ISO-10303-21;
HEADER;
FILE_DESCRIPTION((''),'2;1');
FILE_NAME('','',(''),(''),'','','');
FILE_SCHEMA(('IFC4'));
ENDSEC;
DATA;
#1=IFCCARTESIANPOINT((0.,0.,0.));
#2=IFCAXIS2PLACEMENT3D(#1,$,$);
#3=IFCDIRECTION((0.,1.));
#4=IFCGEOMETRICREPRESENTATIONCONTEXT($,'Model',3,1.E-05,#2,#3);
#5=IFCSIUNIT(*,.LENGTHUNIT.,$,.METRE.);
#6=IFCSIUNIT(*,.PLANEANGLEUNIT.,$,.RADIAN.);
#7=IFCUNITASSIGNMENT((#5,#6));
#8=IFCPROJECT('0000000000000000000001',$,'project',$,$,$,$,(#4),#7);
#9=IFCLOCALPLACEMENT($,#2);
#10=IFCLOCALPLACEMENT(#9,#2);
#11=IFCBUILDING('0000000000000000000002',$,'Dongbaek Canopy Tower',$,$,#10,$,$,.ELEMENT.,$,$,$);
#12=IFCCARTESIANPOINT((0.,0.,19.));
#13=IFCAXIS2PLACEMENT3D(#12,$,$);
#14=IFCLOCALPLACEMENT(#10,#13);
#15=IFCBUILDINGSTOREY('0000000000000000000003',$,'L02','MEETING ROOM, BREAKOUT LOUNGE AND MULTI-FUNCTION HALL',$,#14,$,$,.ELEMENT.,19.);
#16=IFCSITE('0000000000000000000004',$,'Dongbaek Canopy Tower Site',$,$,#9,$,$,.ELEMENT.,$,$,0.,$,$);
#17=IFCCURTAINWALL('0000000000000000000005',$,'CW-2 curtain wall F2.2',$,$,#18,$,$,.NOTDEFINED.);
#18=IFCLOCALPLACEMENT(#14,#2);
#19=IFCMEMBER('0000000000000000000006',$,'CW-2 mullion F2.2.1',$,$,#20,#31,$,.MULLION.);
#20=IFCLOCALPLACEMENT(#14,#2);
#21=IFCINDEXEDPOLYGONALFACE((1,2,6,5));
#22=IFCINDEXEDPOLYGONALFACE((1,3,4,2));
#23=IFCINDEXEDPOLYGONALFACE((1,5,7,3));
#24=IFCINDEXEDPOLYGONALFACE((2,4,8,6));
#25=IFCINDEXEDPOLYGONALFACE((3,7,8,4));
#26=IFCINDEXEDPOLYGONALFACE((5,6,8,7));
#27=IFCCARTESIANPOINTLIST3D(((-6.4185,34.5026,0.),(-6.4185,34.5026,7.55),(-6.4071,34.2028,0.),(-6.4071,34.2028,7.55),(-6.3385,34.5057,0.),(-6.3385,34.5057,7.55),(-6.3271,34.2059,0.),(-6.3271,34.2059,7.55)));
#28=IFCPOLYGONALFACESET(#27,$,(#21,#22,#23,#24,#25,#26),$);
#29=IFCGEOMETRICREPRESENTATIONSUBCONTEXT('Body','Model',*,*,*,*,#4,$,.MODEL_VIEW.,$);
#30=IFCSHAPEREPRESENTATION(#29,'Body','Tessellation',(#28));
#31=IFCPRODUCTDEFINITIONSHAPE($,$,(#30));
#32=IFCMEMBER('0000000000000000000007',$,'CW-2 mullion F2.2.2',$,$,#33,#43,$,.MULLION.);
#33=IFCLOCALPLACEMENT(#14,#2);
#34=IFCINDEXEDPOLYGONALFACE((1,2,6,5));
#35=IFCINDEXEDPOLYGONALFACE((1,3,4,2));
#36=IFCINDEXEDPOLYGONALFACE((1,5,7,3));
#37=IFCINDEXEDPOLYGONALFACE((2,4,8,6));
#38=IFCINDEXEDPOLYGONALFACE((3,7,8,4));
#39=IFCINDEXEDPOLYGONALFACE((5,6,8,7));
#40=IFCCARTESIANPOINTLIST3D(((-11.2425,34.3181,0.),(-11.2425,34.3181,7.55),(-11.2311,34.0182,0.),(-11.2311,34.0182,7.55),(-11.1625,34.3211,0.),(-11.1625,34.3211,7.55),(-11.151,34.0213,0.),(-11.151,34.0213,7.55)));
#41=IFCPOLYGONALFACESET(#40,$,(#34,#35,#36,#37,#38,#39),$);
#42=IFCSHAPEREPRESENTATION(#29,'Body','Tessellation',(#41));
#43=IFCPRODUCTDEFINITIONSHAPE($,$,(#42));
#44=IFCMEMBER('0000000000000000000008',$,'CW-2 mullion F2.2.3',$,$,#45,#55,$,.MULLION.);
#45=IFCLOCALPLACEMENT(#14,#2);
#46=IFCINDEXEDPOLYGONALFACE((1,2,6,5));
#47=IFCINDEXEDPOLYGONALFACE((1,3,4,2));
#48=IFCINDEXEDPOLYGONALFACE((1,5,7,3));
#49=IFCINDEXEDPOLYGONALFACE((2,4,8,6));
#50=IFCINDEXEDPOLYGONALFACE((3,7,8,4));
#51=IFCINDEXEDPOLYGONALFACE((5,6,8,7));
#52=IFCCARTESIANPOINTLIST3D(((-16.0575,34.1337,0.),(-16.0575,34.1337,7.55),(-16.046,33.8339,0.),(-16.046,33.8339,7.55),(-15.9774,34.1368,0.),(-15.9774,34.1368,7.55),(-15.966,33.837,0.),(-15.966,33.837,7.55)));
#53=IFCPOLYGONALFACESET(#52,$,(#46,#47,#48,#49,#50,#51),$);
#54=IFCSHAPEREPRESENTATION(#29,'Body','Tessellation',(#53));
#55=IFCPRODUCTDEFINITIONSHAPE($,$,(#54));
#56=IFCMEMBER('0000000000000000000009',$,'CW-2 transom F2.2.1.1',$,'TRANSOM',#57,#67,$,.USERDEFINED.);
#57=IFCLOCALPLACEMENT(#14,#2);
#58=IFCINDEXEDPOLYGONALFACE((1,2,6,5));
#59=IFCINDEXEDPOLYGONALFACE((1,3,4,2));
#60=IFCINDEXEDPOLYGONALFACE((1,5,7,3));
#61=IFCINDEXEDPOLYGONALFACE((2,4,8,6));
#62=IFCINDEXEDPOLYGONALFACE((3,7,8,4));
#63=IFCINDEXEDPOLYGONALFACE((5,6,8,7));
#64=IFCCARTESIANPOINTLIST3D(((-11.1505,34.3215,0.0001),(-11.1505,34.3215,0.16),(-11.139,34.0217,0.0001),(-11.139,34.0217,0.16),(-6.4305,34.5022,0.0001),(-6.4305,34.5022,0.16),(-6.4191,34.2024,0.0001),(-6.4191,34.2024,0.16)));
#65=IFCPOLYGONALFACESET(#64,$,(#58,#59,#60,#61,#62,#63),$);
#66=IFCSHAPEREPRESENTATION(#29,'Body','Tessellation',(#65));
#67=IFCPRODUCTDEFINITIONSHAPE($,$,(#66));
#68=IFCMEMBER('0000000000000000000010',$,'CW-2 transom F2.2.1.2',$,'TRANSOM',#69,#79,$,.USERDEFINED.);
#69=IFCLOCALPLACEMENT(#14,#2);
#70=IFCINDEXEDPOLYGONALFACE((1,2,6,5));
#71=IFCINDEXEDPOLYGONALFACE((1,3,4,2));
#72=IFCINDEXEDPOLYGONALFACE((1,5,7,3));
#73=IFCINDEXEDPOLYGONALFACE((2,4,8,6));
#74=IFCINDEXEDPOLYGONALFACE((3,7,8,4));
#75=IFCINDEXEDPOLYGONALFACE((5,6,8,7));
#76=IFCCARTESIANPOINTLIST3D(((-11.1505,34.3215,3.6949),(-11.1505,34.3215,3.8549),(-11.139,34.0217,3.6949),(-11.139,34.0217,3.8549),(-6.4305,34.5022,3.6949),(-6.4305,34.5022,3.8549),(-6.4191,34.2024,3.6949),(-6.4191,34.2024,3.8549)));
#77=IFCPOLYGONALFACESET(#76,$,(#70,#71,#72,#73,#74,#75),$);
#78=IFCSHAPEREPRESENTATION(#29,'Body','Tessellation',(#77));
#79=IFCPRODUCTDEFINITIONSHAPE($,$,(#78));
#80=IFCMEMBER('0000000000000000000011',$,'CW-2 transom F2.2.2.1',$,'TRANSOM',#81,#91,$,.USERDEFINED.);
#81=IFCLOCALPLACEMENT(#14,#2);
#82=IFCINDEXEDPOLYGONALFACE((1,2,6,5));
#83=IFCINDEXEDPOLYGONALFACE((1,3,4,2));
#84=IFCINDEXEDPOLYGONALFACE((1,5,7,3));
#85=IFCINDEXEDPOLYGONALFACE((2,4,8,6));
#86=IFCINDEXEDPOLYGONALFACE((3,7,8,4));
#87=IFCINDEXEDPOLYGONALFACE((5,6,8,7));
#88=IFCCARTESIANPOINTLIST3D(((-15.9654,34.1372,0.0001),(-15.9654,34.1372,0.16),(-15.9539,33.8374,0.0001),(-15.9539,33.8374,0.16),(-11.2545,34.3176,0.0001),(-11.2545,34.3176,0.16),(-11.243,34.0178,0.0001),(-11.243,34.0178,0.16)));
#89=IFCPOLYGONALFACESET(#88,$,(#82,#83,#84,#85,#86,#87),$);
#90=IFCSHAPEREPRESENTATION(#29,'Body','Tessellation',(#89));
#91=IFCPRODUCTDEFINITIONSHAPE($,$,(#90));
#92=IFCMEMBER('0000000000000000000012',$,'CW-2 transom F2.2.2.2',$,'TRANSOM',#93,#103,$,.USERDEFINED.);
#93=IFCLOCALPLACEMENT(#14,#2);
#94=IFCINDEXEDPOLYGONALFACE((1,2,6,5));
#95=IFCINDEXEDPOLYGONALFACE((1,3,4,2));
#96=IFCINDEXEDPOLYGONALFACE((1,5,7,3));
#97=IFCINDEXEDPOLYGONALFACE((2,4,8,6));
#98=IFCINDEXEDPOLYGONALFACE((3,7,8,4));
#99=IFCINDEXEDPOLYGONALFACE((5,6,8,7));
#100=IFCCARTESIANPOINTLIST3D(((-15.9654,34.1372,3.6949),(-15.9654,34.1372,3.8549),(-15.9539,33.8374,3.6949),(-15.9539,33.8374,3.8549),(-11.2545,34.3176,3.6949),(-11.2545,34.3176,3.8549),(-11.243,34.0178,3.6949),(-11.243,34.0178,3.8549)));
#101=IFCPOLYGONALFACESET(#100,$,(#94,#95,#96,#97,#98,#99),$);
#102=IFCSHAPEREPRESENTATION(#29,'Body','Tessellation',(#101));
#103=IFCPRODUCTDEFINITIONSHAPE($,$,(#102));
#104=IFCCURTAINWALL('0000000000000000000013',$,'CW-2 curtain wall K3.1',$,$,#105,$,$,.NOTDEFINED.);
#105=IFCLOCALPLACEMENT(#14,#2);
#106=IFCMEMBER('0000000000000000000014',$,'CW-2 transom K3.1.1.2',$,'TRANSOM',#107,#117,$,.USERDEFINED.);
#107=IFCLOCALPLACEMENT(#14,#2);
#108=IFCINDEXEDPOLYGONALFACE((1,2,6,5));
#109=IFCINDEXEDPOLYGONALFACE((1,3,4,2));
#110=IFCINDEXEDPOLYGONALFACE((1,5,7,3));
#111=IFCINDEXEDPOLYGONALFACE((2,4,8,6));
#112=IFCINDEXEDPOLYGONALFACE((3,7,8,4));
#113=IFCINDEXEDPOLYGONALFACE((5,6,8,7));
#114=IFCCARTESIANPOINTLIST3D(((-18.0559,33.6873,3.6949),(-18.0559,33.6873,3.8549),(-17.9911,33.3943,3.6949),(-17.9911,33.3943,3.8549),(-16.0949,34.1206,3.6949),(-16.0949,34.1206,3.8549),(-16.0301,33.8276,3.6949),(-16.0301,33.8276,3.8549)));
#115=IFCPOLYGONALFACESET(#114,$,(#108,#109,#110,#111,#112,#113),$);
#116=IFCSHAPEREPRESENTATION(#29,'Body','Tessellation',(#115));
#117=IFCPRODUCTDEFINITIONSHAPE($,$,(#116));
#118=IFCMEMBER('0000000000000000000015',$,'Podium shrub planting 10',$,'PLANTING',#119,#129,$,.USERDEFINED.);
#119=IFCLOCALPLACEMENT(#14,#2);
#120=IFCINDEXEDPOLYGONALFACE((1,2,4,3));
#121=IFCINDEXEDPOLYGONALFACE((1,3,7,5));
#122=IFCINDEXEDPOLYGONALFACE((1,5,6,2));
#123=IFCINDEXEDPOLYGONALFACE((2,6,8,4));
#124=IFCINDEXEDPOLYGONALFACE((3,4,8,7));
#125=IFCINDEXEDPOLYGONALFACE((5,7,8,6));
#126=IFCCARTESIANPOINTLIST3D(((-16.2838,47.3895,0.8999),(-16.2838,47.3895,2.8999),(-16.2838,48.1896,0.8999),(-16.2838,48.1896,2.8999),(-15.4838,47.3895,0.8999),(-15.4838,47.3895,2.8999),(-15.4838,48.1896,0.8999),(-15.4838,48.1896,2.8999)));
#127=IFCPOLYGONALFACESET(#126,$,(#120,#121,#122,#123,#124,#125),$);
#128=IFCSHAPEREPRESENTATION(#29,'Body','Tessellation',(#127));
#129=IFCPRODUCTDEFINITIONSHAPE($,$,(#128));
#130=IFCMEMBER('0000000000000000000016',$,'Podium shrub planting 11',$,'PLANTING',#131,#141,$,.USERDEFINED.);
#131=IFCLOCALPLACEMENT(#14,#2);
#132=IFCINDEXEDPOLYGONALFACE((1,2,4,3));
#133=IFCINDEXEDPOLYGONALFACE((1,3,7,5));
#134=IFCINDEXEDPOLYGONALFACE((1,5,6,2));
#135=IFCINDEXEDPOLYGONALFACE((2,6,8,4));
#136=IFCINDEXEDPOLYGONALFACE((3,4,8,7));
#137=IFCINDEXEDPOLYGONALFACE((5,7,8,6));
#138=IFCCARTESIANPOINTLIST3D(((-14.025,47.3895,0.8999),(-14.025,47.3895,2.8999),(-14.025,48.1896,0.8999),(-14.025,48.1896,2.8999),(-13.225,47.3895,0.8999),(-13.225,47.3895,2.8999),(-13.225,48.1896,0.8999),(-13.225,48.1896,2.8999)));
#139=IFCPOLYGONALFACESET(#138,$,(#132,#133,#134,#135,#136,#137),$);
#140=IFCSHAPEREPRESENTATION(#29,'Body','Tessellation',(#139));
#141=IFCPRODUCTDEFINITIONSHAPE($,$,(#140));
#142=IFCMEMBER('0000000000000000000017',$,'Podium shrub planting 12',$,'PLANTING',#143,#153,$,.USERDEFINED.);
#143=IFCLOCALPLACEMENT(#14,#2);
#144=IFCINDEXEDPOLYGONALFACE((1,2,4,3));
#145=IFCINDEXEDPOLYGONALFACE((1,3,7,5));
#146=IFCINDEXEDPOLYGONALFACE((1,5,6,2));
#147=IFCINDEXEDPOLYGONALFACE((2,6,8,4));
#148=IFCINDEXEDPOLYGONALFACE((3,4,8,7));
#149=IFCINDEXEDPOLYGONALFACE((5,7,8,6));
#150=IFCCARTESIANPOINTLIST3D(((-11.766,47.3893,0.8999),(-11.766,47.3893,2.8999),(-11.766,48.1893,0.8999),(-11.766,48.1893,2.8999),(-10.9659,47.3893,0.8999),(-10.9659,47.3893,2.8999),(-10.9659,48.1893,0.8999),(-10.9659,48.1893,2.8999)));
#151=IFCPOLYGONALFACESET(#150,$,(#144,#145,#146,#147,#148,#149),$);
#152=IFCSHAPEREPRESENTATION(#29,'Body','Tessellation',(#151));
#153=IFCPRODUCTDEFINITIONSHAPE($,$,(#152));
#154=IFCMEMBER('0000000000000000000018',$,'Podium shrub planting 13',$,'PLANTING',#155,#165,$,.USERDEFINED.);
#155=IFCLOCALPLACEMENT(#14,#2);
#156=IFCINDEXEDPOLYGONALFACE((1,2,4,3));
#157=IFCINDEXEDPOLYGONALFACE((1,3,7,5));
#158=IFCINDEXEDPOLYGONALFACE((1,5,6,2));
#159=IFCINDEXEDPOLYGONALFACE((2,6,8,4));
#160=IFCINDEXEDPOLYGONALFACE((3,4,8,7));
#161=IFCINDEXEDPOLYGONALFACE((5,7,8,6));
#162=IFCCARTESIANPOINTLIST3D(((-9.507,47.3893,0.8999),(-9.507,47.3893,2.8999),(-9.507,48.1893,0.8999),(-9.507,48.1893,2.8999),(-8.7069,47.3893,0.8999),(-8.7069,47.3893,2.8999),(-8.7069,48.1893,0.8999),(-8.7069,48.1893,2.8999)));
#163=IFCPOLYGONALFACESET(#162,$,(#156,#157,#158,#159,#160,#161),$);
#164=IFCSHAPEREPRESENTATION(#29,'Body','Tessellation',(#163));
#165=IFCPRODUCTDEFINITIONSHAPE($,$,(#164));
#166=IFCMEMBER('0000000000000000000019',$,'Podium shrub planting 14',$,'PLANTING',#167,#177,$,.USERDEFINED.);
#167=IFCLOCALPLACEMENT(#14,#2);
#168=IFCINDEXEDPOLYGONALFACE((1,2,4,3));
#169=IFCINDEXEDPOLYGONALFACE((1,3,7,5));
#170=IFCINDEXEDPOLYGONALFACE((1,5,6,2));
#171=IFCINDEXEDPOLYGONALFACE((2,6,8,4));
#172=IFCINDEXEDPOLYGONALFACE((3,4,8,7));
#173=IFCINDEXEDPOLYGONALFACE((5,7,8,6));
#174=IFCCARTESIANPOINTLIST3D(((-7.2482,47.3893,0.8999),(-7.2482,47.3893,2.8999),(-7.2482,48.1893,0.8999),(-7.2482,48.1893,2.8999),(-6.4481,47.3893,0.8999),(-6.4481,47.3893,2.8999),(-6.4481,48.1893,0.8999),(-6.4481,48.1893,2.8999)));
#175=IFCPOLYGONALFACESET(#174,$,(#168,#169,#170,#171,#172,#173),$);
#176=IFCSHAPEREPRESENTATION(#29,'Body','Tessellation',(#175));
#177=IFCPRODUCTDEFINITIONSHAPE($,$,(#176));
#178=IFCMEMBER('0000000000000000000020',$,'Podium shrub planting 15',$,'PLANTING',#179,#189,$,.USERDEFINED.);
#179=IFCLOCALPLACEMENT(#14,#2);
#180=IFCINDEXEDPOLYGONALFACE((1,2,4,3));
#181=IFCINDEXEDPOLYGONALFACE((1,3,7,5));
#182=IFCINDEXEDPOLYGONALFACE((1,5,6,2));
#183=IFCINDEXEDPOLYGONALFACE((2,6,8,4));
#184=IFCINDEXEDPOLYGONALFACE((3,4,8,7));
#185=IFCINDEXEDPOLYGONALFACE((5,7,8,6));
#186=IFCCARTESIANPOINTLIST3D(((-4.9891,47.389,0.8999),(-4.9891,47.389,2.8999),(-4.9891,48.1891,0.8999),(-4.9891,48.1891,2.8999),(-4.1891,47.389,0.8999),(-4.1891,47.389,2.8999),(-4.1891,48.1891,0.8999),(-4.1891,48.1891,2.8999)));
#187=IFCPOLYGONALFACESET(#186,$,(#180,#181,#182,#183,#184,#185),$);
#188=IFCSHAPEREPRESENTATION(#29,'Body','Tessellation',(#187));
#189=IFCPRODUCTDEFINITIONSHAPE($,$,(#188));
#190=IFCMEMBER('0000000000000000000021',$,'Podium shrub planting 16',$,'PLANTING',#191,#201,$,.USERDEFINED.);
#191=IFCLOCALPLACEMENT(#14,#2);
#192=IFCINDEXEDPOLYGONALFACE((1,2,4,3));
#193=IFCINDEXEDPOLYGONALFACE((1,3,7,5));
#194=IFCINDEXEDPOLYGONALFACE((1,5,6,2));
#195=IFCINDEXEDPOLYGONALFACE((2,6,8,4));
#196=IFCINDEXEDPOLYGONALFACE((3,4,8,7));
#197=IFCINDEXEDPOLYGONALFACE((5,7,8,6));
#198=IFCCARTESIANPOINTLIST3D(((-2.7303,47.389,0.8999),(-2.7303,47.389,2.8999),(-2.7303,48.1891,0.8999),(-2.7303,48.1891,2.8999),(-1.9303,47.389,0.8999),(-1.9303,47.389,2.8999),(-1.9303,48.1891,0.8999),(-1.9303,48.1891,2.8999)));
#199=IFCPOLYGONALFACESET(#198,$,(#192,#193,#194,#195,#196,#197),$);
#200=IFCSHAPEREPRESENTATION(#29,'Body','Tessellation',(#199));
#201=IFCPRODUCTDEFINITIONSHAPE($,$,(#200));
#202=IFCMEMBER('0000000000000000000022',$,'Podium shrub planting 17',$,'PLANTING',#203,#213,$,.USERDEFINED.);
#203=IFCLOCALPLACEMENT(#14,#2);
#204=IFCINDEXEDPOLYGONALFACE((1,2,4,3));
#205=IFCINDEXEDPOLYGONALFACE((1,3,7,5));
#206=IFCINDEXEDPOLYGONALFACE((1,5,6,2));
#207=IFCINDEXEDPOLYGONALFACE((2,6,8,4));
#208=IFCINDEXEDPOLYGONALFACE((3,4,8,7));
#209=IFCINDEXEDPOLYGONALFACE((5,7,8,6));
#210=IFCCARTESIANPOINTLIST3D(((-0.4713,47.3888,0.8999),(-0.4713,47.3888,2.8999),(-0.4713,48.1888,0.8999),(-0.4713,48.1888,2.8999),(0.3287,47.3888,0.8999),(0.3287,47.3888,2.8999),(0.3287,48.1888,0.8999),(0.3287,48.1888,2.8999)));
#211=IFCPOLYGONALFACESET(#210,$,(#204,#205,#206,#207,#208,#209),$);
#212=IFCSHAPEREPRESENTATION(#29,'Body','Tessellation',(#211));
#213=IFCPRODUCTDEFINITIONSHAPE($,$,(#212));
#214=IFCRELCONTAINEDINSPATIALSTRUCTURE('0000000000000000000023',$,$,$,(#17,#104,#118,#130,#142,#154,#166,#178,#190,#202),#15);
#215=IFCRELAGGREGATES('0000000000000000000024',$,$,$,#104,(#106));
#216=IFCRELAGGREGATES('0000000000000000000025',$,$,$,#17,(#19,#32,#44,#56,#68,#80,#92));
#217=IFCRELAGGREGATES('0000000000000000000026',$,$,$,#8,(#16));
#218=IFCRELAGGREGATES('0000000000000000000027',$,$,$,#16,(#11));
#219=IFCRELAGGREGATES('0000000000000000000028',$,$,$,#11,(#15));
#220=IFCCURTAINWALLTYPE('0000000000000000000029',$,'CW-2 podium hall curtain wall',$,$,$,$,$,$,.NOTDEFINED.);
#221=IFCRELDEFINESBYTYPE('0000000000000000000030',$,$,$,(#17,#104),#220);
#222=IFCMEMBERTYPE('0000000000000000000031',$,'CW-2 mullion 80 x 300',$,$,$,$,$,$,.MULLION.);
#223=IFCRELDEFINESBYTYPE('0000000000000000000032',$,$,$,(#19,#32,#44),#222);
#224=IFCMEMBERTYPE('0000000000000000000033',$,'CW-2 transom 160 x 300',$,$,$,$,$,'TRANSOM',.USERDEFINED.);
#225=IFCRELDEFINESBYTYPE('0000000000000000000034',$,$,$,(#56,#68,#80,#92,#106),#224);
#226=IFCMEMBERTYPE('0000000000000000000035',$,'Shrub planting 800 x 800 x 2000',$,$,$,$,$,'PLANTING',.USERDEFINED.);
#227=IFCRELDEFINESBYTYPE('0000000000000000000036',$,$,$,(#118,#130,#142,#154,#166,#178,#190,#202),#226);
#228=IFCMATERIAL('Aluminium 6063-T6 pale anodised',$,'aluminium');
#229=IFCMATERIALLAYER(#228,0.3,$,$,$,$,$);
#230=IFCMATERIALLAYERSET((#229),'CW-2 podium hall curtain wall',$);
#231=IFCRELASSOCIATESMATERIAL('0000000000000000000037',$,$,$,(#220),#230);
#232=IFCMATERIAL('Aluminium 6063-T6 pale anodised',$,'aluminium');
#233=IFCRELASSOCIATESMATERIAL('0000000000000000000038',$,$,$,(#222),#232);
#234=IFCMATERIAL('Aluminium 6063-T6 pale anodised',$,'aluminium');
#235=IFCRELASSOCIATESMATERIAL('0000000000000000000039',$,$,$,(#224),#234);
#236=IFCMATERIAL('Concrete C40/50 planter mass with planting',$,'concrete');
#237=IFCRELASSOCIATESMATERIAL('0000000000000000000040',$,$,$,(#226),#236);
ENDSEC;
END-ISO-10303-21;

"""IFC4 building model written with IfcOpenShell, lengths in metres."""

from ifc_helpers import new_model, si_unit, direction, frame, origin, origin_2d, place, context, subcontext, project, spatial, rectangle, extrude, material, layer, layer_set, material_profile, profile_set, type_object, element, aggregate, save


model = new_model("IFC4")

# Units and contexts
model_context = context("Model", 3, precision=1e-05, world=origin(), true_north=direction((0.0, 1.0)))
body_context = subcontext(model_context, "Body", "Model", "MODEL_VIEW")
ifc_project = project(units=[si_unit("LENGTHUNIT", "METRE"), si_unit("PLANEANGLEUNIT", "RADIAN")], contexts=[model_context])

# Site, building, storey
site_placement = place(None, origin())
site = spatial("IfcSite", under=ifc_project, at=site_placement, Name="Dongbaek Canopy Tower Site", CompositionType="ELEMENT", RefElevation=0.0)
building_placement = place(site_placement, origin())
building = spatial("IfcBuilding", under=site, at=building_placement, Name="Dongbaek Canopy Tower", CompositionType="ELEMENT")
storey_placement = place(building_placement, frame((0.0, 0.0, 19.0)))
storey = spatial("IfcBuildingStorey", under=building, at=storey_placement, Name="L02", Description="MEETING ROOM, BREAKOUT LOUNGE AND MULTI-FUNCTION HALL", CompositionType="ELEMENT", Elevation=19.0)

# Curtain wall, members
ifc_material_1 = material(Name="Aluminium 6063-T6 pale anodised", Category="aluminium")
ifc_layer_1 = layer(ifc_material_1, 0.3)
ifc_layer_set_1 = layer_set([ifc_layer_1], Name="CW-2 podium hall curtain wall")
curtain_wall_type = type_object("IfcCurtainWallType", Name="CW-2 podium hall curtain wall", PredefinedType="NOTDEFINED", material=ifc_layer_set_1)
curtain_wall_1_placement = place(storey_placement, origin())
curtain_wall_1 = element("IfcCurtainWall", 1, at=curtain_wall_1_placement, inside=storey, type_object=curtain_wall_type, Name="CW-2 curtain wall F2.2", PredefinedType="NOTDEFINED")
ifc_material_2 = material(Name="Aluminium 6063-T6 pale anodised", Category="aluminium")
ifc_material_profile_1 = material_profile(ifc_material_2, rectangle(XDim=0.3, YDim=0.0801, at=origin_2d()), Name="CW-2 mullion 80 x 300")
ifc_profile_set_1 = profile_set([ifc_material_profile_1], Name="Aluminium 6063-T6 pale anodised")
member_type_1 = type_object("IfcMemberType", Name="CW-2 mullion 80 x 300", PredefinedType="MULLION", material=ifc_profile_set_1)
member_1_placement = place(storey_placement, frame((-6.3728, 34.3542, 0.0), z_axis=(0.0, 0.0, 1.0), x_axis=(-0.038232, 0.999269, 0.0)))
member_1 = element("IfcMember", 2, at=member_1_placement, type_object=member_type_1, Name="CW-2 mullion F2.2.1", PredefinedType="MULLION", context=body_context, shape_type="SweptSolid", body=[
    extrude(rectangle(XDim=0.3, YDim=0.0801, at=origin_2d()), origin(), (0.0, 0.0, 1.0), 7.55),
])
member_2_placement = place(storey_placement, frame((-11.1968, 34.1697, 0.0), z_axis=(0.0, 0.0, 1.0), x_axis=(-0.038232, 0.999269, 0.0)))
member_2 = element("IfcMember", 3, at=member_2_placement, type_object=member_type_1, Name="CW-2 mullion F2.2.2", PredefinedType="MULLION", context=body_context, shape_type="SweptSolid", body=[
    extrude(rectangle(XDim=0.3, YDim=0.0801, at=origin_2d()), origin(), (0.0, 0.0, 1.0), 7.55),
])
member_3_placement = place(storey_placement, frame((-16.0117, 33.9854, 0.0), z_axis=(0.0, 0.0, 1.0), x_axis=(-0.038232, 0.999269, 0.0)))
member_3 = element("IfcMember", 4, at=member_3_placement, type_object=member_type_1, Name="CW-2 mullion F2.2.3", PredefinedType="MULLION", context=body_context, shape_type="SweptSolid", body=[
    extrude(rectangle(XDim=0.3, YDim=0.0801, at=origin_2d()), origin(), (0.0, 0.0, 1.0), 7.55),
])
ifc_material_3 = material(Name="Aluminium 6063-T6 pale anodised", Category="aluminium")
ifc_material_profile_2 = material_profile(ifc_material_3, rectangle(XDim=0.3, YDim=0.1599, at=origin_2d()), Name="CW-2 transom 160 x 300")
ifc_profile_set_2 = profile_set([ifc_material_profile_2], Name="Aluminium 6063-T6 pale anodised")
member_type_2 = type_object("IfcMemberType", Name="CW-2 transom 160 x 300", ElementType="TRANSOM", PredefinedType="USERDEFINED", material=ifc_profile_set_2)
member_4_placement = place(storey_placement, frame((-6.4248, 34.3523, 0.0801), z_axis=(-0.999268, -0.038249, 0.0), x_axis=(0.038249, -0.999268, 0.0)))
member_4 = element("IfcMember", 5, at=member_4_placement, type_object=member_type_2, Name="CW-2 transom F2.2.1.1", ObjectType="TRANSOM", PredefinedType="USERDEFINED", context=body_context, shape_type="SweptSolid", body=[
    extrude(rectangle(XDim=0.3, YDim=0.1599, at=origin_2d()), origin(), (0.0, 0.0, 1.0), 4.7234),
])
member_5_placement = place(storey_placement, frame((-6.4248, 34.3523, 3.7749), z_axis=(-0.999268, -0.038249, 0.0), x_axis=(0.038249, -0.999268, 0.0)))
member_5 = element("IfcMember", 6, at=member_5_placement, type_object=member_type_2, Name="CW-2 transom F2.2.1.2", ObjectType="TRANSOM", PredefinedType="USERDEFINED", context=body_context, shape_type="SweptSolid", body=[
    extrude(rectangle(XDim=0.3, YDim=0.1599, at=origin_2d()), origin(), (0.0, 0.0, 1.0), 4.7234),
])
member_6_placement = place(storey_placement, frame((-11.2488, 34.1677, 0.0801), z_axis=(-0.999267, -0.03827, 0.0), x_axis=(0.03827, -0.999267, 0.0)))
member_6 = element("IfcMember", 7, at=member_6_placement, type_object=member_type_2, Name="CW-2 transom F2.2.2.1", ObjectType="TRANSOM", PredefinedType="USERDEFINED", context=body_context, shape_type="SweptSolid", body=[
    extrude(rectangle(XDim=0.3, YDim=0.1599, at=origin_2d()), origin(), (0.0, 0.0, 1.0), 4.7144),
])
member_7_placement = place(storey_placement, frame((-11.2488, 34.1677, 3.7749), z_axis=(-0.999267, -0.03827, 0.0), x_axis=(0.03827, -0.999267, 0.0)))
member_7 = element("IfcMember", 8, at=member_7_placement, type_object=member_type_2, Name="CW-2 transom F2.2.2.2", ObjectType="TRANSOM", PredefinedType="USERDEFINED", context=body_context, shape_type="SweptSolid", body=[
    extrude(rectangle(XDim=0.3, YDim=0.1599, at=origin_2d()), origin(), (0.0, 0.0, 1.0), 4.7144),
])

# Curtain wall, member
curtain_wall_2_placement = place(storey_placement, origin())
curtain_wall_2 = element("IfcCurtainWall", 9, at=curtain_wall_2_placement, inside=storey, type_object=curtain_wall_type, Name="CW-2 curtain wall K3.1", PredefinedType="NOTDEFINED")
member_8_placement = place(storey_placement, frame((-16.0625, 33.9741, 3.7749), z_axis=(-0.976441, -0.215785, 0.0), x_axis=(0.215785, -0.976441, 0.0)))
member_8 = element("IfcMember", 10, at=member_8_placement, type_object=member_type_2, Name="CW-2 transom K3.1.1.2", ObjectType="TRANSOM", PredefinedType="USERDEFINED", context=body_context, shape_type="SweptSolid", body=[
    extrude(rectangle(XDim=0.3, YDim=0.1599, at=origin_2d()), origin(), (0.0, 0.0, 1.0), 2.0083),
])
aggregate(curtain_wall_2, [member_8])

# Members
ifc_material_4 = material(Name="Concrete C40/50 planter mass with planting", Category="concrete")
ifc_material_profile_3 = material_profile(ifc_material_4, rectangle(XDim=0.8, YDim=0.8, at=origin_2d()), Name="Shrub planting 800 x 800 x 2000")
ifc_profile_set_3 = profile_set([ifc_material_profile_3], Name="Concrete C40/50 planter mass with planting")
member_type_3 = type_object("IfcMemberType", Name="Shrub planting 800 x 800 x 2000", ElementType="PLANTING", PredefinedType="USERDEFINED", material=ifc_profile_set_3)
for number, where, z_axis, x_axis, name in (
    (11, (-15.8838, 47.7896, 0.8999), (0.0, 0.0, 1.0), (1.0, 0.0, 0.0), "Podium shrub planting 10"),
    (12, (-13.625, 47.7896, 0.8999), (0.0, 0.0, 1.0), (1.0, 0.0, 0.0), "Podium shrub planting 11"),
    (13, (-11.366, 47.7893, 0.8999), (0.0, 0.0, 1.0), (1.0, 0.0, 0.0), "Podium shrub planting 12"),
    (14, (-9.1069, 47.7893, 0.8999), (0.0, 0.0, 1.0), (1.0, 0.0, 0.0), "Podium shrub planting 13"),
    (15, (-6.8481, 47.7893, 0.8999), (0.0, 0.0, 1.0), (1.0, 0.0, 0.0), "Podium shrub planting 14"),
    (16, (-4.5891, 47.7891, 0.8999), (0.0, 0.0, 1.0), (1.0, 0.0, 0.0), "Podium shrub planting 15"),
    (17, (-2.3303, 47.7891, 0.8999), (0.0, 0.0, 1.0), (1.0, 0.0, 0.0), "Podium shrub planting 16"),
    (18, (-0.0713, 47.7888, 0.8999), (0.0, 0.0, 1.0), (1.0, 0.0, 0.0), "Podium shrub planting 17"),
):
    element("IfcMember", number, at=place(storey_placement, frame(where, z_axis=z_axis, x_axis=x_axis)), inside=storey, type_object=member_type_3, Name=name, ObjectType="PLANTING", PredefinedType="USERDEFINED", context=body_context, shape_type="SweptSolid", body=[
        extrude(rectangle(XDim=0.8, YDim=0.8, at=origin_2d()), origin(), (0.0, 0.0, 1.0), 2.0),
    ])

aggregate(curtain_wall_1, [member_1, member_2, member_3, member_4, member_5, member_6, member_7])

save(model, "model.ifc")
